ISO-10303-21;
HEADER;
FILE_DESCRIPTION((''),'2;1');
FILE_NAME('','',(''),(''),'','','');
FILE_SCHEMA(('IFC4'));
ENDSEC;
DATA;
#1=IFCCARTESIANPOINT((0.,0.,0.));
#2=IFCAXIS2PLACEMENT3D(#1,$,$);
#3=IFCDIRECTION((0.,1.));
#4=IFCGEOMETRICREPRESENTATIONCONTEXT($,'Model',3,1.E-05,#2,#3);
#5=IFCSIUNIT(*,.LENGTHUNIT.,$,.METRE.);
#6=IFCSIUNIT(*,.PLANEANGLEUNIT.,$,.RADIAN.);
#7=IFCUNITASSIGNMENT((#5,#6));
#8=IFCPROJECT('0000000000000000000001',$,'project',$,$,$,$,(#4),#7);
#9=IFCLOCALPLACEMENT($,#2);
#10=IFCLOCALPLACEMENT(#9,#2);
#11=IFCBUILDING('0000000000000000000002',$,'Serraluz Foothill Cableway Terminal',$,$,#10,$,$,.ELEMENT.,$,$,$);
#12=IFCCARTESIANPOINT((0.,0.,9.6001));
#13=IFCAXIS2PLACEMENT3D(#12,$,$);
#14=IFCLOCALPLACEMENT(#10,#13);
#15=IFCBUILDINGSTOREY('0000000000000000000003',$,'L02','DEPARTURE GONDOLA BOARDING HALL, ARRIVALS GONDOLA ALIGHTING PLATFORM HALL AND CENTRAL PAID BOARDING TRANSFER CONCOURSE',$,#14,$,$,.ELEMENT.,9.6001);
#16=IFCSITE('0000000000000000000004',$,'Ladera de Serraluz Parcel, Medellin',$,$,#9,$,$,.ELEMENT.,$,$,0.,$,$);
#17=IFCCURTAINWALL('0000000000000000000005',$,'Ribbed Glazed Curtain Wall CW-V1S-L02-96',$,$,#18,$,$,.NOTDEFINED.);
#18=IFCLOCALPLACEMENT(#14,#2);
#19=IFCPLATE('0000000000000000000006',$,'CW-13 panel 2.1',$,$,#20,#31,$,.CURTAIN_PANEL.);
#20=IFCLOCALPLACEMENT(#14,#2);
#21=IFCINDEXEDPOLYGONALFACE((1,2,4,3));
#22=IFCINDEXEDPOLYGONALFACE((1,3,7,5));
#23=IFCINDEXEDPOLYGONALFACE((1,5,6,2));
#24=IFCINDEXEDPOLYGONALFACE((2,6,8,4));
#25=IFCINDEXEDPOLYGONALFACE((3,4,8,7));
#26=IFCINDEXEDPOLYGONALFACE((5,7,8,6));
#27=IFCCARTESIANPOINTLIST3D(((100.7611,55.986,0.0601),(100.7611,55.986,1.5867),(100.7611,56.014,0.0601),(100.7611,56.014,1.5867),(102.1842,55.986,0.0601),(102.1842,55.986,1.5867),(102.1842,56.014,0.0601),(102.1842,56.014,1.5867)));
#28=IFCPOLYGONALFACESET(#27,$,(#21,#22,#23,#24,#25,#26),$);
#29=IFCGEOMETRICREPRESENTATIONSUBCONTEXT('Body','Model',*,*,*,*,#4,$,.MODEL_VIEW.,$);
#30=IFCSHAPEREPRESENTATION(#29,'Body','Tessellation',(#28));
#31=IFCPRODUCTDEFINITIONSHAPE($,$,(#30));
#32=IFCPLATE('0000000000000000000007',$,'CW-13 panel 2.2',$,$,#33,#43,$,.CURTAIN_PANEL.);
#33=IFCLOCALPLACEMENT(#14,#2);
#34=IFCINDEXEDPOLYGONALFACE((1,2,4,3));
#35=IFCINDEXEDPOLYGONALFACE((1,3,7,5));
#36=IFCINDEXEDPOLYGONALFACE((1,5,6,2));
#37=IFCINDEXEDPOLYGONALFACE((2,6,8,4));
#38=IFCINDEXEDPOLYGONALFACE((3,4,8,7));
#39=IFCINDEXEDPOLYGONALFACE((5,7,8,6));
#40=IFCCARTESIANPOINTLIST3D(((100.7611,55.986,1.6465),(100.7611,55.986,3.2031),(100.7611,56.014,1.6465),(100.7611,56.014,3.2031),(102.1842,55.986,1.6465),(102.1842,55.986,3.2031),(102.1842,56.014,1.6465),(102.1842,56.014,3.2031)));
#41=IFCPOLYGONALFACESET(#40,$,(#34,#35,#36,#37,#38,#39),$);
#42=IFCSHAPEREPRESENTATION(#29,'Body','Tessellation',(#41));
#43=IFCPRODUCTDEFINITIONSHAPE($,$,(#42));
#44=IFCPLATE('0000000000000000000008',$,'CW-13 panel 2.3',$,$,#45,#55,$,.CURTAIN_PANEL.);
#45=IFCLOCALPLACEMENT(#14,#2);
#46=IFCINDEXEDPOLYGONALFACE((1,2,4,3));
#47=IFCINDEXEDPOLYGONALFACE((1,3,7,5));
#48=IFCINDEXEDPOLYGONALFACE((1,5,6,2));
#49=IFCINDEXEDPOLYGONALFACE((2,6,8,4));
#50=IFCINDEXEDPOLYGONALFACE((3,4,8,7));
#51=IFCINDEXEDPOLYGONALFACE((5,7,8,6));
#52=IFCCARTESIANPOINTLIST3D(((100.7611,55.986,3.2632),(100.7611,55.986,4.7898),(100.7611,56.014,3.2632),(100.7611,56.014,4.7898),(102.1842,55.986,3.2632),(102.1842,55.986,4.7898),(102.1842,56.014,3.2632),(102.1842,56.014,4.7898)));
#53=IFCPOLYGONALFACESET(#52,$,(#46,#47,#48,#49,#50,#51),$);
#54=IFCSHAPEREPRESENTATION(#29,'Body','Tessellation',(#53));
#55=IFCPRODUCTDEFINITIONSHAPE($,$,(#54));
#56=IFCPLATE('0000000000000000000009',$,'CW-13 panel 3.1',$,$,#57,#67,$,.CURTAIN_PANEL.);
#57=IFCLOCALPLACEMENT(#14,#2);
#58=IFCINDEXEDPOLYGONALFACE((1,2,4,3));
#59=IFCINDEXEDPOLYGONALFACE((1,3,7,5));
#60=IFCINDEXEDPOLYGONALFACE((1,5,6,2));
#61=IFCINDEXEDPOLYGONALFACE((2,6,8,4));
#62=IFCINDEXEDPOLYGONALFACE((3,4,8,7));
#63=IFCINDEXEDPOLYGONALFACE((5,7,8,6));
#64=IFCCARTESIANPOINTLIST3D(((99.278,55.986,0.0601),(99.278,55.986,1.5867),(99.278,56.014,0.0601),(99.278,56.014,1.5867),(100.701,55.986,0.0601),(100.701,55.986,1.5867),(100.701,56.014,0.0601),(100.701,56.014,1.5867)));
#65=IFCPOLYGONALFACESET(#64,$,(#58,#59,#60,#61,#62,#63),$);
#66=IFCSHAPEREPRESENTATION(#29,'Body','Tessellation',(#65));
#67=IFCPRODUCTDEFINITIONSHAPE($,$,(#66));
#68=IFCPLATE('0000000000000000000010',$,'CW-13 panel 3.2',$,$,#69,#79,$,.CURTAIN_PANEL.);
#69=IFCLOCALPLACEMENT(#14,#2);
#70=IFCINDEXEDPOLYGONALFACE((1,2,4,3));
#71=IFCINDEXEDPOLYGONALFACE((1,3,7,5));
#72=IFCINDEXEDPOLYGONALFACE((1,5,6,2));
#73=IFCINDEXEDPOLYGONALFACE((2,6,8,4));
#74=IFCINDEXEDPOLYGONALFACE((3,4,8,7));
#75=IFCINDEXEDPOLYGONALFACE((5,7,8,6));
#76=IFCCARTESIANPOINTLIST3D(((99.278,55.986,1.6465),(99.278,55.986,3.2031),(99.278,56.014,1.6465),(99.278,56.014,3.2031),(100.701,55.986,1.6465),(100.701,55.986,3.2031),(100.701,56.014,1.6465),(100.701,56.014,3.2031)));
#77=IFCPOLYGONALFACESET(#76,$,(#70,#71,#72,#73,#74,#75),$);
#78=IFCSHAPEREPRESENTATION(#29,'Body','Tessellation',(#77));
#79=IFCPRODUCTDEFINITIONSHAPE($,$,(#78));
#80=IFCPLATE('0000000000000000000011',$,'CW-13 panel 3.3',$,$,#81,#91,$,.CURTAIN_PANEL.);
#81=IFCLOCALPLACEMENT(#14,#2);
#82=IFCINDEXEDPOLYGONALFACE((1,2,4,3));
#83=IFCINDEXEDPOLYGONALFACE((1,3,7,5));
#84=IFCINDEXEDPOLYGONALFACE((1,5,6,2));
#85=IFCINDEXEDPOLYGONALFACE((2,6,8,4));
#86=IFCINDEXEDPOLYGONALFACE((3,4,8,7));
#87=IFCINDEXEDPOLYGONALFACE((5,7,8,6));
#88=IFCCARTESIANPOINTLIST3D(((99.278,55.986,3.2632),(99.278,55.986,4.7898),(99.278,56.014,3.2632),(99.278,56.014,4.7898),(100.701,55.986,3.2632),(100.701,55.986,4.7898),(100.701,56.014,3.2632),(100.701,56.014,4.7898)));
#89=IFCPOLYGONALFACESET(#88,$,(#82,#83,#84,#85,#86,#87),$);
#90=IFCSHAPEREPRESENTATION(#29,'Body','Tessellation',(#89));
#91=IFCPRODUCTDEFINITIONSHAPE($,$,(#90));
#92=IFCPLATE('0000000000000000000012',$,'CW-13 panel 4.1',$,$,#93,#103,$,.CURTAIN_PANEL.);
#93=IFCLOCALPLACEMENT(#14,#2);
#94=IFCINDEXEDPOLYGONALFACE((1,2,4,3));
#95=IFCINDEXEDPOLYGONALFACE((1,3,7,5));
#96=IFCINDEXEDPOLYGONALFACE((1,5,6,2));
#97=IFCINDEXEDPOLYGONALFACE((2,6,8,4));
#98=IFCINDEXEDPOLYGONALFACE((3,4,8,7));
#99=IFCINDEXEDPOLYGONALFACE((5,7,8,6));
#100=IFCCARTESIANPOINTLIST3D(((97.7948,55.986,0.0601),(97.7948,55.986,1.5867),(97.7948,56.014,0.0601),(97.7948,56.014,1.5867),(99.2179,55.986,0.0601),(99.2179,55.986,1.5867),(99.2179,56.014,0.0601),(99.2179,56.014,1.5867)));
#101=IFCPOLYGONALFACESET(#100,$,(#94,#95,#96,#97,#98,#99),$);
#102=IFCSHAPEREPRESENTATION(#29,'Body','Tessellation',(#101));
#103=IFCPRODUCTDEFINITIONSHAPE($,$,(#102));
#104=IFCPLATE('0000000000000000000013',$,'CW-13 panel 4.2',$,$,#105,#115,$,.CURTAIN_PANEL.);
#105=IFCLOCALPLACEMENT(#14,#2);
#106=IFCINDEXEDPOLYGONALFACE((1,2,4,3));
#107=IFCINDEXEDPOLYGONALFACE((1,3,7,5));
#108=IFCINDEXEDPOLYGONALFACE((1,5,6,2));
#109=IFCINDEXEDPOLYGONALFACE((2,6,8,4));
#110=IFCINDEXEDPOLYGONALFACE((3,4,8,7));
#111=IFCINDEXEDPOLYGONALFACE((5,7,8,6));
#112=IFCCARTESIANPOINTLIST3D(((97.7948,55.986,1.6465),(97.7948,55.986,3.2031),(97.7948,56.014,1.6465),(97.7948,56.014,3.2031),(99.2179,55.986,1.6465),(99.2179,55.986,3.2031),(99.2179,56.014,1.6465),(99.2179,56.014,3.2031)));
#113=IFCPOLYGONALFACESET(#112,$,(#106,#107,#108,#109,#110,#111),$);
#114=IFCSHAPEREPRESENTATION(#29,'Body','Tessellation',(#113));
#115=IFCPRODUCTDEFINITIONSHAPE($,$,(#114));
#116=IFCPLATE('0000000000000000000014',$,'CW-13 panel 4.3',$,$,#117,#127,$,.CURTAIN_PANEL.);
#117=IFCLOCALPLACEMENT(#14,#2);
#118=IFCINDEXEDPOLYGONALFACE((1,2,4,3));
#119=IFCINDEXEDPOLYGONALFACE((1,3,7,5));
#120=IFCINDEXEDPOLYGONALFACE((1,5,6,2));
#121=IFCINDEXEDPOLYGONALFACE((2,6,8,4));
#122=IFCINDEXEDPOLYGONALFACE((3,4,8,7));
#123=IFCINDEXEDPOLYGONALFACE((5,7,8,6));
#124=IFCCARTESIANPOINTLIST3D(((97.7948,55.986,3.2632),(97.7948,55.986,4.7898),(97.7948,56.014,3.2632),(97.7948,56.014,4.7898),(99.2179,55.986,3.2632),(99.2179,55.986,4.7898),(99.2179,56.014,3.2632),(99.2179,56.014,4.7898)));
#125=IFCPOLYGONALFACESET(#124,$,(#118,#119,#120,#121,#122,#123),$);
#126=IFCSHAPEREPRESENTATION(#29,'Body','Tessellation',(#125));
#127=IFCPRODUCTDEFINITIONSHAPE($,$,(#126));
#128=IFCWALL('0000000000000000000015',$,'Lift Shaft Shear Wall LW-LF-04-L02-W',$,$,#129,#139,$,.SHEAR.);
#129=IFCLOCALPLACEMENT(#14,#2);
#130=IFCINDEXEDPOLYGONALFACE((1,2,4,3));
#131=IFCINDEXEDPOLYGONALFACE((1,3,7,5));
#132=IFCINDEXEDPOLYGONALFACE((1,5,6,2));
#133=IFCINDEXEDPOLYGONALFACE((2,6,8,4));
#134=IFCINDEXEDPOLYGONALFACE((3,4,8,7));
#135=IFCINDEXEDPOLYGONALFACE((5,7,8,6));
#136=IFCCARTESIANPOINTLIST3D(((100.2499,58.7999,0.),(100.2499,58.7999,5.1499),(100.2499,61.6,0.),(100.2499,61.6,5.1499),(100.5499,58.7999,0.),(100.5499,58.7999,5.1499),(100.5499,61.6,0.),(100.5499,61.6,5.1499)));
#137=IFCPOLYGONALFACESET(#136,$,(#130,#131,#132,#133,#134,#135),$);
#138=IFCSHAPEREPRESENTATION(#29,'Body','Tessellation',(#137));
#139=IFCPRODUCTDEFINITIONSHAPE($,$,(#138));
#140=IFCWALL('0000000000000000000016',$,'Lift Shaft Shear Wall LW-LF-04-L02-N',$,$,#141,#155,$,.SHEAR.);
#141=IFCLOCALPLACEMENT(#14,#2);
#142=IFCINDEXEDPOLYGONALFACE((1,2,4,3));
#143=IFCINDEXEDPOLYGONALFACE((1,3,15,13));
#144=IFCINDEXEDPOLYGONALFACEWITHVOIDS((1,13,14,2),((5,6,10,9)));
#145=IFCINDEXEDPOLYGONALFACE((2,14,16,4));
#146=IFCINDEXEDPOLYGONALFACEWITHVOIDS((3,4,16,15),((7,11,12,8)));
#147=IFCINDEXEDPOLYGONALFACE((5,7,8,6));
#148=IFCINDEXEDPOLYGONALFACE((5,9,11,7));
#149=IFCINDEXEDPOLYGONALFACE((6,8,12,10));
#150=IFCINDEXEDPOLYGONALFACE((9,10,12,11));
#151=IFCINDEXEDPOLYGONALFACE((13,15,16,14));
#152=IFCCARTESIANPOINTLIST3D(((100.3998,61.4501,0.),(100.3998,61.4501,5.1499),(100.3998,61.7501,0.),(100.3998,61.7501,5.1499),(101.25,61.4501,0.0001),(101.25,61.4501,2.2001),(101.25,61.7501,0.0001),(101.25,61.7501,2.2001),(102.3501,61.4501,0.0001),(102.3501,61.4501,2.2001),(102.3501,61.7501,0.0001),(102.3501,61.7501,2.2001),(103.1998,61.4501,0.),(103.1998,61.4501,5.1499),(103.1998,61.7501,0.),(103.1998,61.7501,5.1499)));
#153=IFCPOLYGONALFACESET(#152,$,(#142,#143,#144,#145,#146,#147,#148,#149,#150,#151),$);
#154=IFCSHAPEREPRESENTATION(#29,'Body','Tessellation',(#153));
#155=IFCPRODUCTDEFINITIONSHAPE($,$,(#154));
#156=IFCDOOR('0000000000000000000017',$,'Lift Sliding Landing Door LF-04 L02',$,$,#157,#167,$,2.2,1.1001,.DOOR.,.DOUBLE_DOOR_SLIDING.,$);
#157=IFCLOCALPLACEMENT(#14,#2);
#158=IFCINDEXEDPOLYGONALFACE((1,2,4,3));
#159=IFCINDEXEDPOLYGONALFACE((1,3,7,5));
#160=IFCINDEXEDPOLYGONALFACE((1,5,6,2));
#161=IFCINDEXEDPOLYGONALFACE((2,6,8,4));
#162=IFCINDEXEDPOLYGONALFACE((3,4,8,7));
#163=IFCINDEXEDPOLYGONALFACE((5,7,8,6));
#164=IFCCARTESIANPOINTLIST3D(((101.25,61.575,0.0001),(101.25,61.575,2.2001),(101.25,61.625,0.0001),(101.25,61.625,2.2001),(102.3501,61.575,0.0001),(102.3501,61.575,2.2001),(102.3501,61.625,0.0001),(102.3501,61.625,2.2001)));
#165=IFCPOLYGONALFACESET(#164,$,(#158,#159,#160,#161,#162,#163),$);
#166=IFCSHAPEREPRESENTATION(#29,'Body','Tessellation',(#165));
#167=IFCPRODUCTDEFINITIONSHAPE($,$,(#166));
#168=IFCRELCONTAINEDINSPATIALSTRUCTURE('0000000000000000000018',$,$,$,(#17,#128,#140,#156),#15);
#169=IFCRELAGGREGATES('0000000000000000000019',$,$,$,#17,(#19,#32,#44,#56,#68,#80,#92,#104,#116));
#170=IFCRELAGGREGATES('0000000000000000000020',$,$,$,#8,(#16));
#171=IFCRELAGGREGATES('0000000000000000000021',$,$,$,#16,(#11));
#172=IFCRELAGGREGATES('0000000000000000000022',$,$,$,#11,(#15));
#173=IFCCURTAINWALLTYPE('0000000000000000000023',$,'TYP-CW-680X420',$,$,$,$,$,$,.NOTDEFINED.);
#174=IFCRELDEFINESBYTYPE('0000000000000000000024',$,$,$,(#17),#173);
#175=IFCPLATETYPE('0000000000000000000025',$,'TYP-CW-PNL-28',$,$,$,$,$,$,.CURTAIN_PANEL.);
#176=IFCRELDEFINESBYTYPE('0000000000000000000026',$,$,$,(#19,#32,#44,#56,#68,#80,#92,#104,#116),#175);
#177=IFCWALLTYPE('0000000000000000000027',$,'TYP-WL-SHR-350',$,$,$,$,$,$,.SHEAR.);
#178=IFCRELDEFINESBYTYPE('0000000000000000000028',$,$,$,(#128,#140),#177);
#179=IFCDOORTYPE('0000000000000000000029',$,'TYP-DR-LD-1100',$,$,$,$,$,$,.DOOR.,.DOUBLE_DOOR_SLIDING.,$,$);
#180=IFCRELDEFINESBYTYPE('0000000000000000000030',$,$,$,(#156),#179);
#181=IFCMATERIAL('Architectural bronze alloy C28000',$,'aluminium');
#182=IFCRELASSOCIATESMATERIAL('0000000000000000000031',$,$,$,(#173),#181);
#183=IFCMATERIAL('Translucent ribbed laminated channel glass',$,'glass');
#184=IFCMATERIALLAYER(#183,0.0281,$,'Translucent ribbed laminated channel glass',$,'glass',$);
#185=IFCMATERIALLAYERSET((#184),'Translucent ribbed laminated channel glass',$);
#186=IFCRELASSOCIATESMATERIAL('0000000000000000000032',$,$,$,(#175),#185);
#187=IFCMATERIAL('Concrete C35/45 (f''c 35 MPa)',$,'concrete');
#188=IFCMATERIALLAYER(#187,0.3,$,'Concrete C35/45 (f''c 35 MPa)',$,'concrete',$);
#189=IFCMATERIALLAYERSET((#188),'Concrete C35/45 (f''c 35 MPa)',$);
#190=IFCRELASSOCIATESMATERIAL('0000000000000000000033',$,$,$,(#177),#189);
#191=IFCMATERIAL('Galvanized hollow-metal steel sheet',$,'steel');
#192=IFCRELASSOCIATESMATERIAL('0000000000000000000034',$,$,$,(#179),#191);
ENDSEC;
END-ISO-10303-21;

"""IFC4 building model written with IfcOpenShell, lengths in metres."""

from ifc_helpers import new_model, si_unit, direction, frame, frame_2d, origin, origin_2d, place, context, subcontext, project, spatial, rectangle, extrude, material, layer, layer_set, type_object, element, fill, aggregate, save


model = new_model("IFC4")

# Units and contexts
model_context = context("Model", 3, precision=1e-05, world=origin(), true_north=direction((0.0, 1.0)))
body_context = subcontext(model_context, "Body", "Model", "MODEL_VIEW")
ifc_project = project(units=[si_unit("LENGTHUNIT", "METRE"), si_unit("PLANEANGLEUNIT", "RADIAN")], contexts=[model_context])

# Site, building, storey
site_placement = place(None, origin())
site = spatial("IfcSite", under=ifc_project, at=site_placement, Name="Ladera de Serraluz Parcel, Medellin", CompositionType="ELEMENT", RefElevation=0.0)
building_placement = place(site_placement, origin())
building = spatial("IfcBuilding", under=site, at=building_placement, Name="Serraluz Foothill Cableway Terminal", CompositionType="ELEMENT")
storey_placement = place(building_placement, frame((0.0, 0.0, 9.6001)))
storey = spatial("IfcBuildingStorey", under=building, at=storey_placement, Name="L02", Description="DEPARTURE GONDOLA BOARDING HALL, ARRIVALS GONDOLA ALIGHTING PLATFORM HALL AND CENTRAL PAID BOARDING TRANSFER CONCOURSE", CompositionType="ELEMENT", Elevation=9.6001)

# Curtain wall, plates
ifc_material_1 = material(Name="Architectural bronze alloy C28000", Category="aluminium")
curtain_wall_type = type_object("IfcCurtainWallType", Name="TYP-CW-680X420", PredefinedType="NOTDEFINED", material=ifc_material_1)
curtain_wall_placement = place(storey_placement, origin())
curtain_wall = element("IfcCurtainWall", 1, at=curtain_wall_placement, inside=storey, type_object=curtain_wall_type, Name="Ribbed Glazed Curtain Wall CW-V1S-L02-96", PredefinedType="NOTDEFINED")
ifc_material_2 = material(Name="Translucent ribbed laminated channel glass", Category="glass")
ifc_layer_1 = layer(ifc_material_2, 0.0281, Name="Translucent ribbed laminated channel glass", Category="glass")
ifc_layer_set_1 = layer_set([ifc_layer_1], Name="Translucent ribbed laminated channel glass")
plate_type = type_object("IfcPlateType", Name="TYP-CW-PNL-28", PredefinedType="CURTAIN_PANEL", material=ifc_layer_set_1)
plate_1_placement = place(storey_placement, frame((101.4727, 56.0, 0.0601), z_axis=(0.0, 0.0, 1.0), x_axis=(-1.0, 0.0, 0.0)))
plate_1 = element("IfcPlate", 2, at=plate_1_placement, type_object=plate_type, Name="CW-13 panel 2.1", PredefinedType="CURTAIN_PANEL", context=body_context, shape_type="SweptSolid", body=[
    extrude(rectangle(XDim=1.4231, YDim=0.0281, at=origin_2d()), origin(), (0.0, 0.0, 1.0), 1.5266),
])
plate_2_placement = place(storey_placement, frame((101.4727, 56.0, 1.6465), z_axis=(0.0, 0.0, 1.0), x_axis=(-1.0, 0.0, 0.0)))
plate_2 = element("IfcPlate", 3, at=plate_2_placement, type_object=plate_type, Name="CW-13 panel 2.2", PredefinedType="CURTAIN_PANEL", context=body_context, shape_type="SweptSolid", body=[
    extrude(rectangle(XDim=1.4231, YDim=0.0281, at=origin_2d()), origin(), (0.0, 0.0, 1.0), 1.5566),
])
plate_3_placement = place(storey_placement, frame((101.4727, 56.0, 3.2632), z_axis=(0.0, 0.0, 1.0), x_axis=(-1.0, 0.0, 0.0)))
plate_3 = element("IfcPlate", 4, at=plate_3_placement, type_object=plate_type, Name="CW-13 panel 2.3", PredefinedType="CURTAIN_PANEL", context=body_context, shape_type="SweptSolid", body=[
    extrude(rectangle(XDim=1.4231, YDim=0.0281, at=origin_2d()), origin(), (0.0, 0.0, 1.0), 1.5266),
])
plate_4_placement = place(storey_placement, frame((99.9895, 56.0, 0.0601), z_axis=(0.0, 0.0, 1.0), x_axis=(-1.0, 0.0, 0.0)))
plate_4 = element("IfcPlate", 5, at=plate_4_placement, type_object=plate_type, Name="CW-13 panel 3.1", PredefinedType="CURTAIN_PANEL", context=body_context, shape_type="SweptSolid", body=[
    extrude(rectangle(XDim=1.4231, YDim=0.0281, at=origin_2d()), origin(), (0.0, 0.0, 1.0), 1.5266),
])
plate_5_placement = place(storey_placement, frame((99.9895, 56.0, 1.6465), z_axis=(0.0, 0.0, 1.0), x_axis=(-1.0, 0.0, 0.0)))
plate_5 = element("IfcPlate", 6, at=plate_5_placement, type_object=plate_type, Name="CW-13 panel 3.2", PredefinedType="CURTAIN_PANEL", context=body_context, shape_type="SweptSolid", body=[
    extrude(rectangle(XDim=1.4231, YDim=0.0281, at=origin_2d()), origin(), (0.0, 0.0, 1.0), 1.5566),
])
plate_6_placement = place(storey_placement, frame((99.9895, 56.0, 3.2632), z_axis=(0.0, 0.0, 1.0), x_axis=(-1.0, 0.0, 0.0)))
plate_6 = element("IfcPlate", 7, at=plate_6_placement, type_object=plate_type, Name="CW-13 panel 3.3", PredefinedType="CURTAIN_PANEL", context=body_context, shape_type="SweptSolid", body=[
    extrude(rectangle(XDim=1.4231, YDim=0.0281, at=origin_2d()), origin(), (0.0, 0.0, 1.0), 1.5266),
])
plate_7_placement = place(storey_placement, frame((98.5063, 56.0, 0.0601), z_axis=(0.0, 0.0, 1.0), x_axis=(-1.0, 0.0, 0.0)))
plate_7 = element("IfcPlate", 8, at=plate_7_placement, type_object=plate_type, Name="CW-13 panel 4.1", PredefinedType="CURTAIN_PANEL", context=body_context, shape_type="SweptSolid", body=[
    extrude(rectangle(XDim=1.4231, YDim=0.0281, at=origin_2d()), origin(), (0.0, 0.0, 1.0), 1.5266),
])
plate_8_placement = place(storey_placement, frame((98.5063, 56.0, 1.6465), z_axis=(0.0, 0.0, 1.0), x_axis=(-1.0, 0.0, 0.0)))
plate_8 = element("IfcPlate", 9, at=plate_8_placement, type_object=plate_type, Name="CW-13 panel 4.2", PredefinedType="CURTAIN_PANEL", context=body_context, shape_type="SweptSolid", body=[
    extrude(rectangle(XDim=1.4231, YDim=0.0281, at=origin_2d()), origin(), (0.0, 0.0, 1.0), 1.5566),
])
plate_9_placement = place(storey_placement, frame((98.5063, 56.0, 3.2632), z_axis=(0.0, 0.0, 1.0), x_axis=(-1.0, 0.0, 0.0)))
plate_9 = element("IfcPlate", 10, at=plate_9_placement, type_object=plate_type, Name="CW-13 panel 4.3", PredefinedType="CURTAIN_PANEL", context=body_context, shape_type="SweptSolid", body=[
    extrude(rectangle(XDim=1.4231, YDim=0.0281, at=origin_2d()), origin(), (0.0, 0.0, 1.0), 1.5266),
])
aggregate(curtain_wall, [plate_1, plate_2, plate_3, plate_4, plate_5, plate_6, plate_7, plate_8, plate_9])

# Wall
ifc_material_3 = material(Name="Concrete C35/45 (f'c 35 MPa)", Category="concrete")
ifc_layer_2 = layer(ifc_material_3, 0.3, Name="Concrete C35/45 (f'c 35 MPa)", Category="concrete")
ifc_layer_set_2 = layer_set([ifc_layer_2], Name="Concrete C35/45 (f'c 35 MPa)")
wall_type = type_object("IfcWallType", Name="TYP-WL-SHR-350", PredefinedType="SHEAR", material=ifc_layer_set_2)
wall_1_placement = place(storey_placement, frame((100.3999, 58.8, 0.0), z_axis=(0.0, 0.0, 1.0), x_axis=(0.0, 1.0, 0.0)))
element("IfcWall", 11, at=wall_1_placement, inside=storey, type_object=wall_type, Name="Lift Shaft Shear Wall LW-LF-04-L02-W", PredefinedType="SHEAR", context=body_context, shape_type="SweptSolid", body=[
    extrude(rectangle(XDim=2.8, YDim=0.3, at=frame_2d((1.3999, 0.0))), origin(), (0.0, 0.0, 1.0), 5.1499),
])

# Wall, opening, door
wall_2_placement = place(storey_placement, frame((100.3999, 61.6001, 0.0), z_axis=(0.0, 0.0, 1.0), x_axis=(1.0, 0.0, 0.0)))
wall_2 = element("IfcWall", 12, at=wall_2_placement, inside=storey, type_object=wall_type, Name="Lift Shaft Shear Wall LW-LF-04-L02-N", PredefinedType="SHEAR", context=body_context, shape_type="SweptSolid", body=[
    extrude(rectangle(XDim=2.8, YDim=0.3, at=frame_2d((1.3999, 0.0))), origin(), (0.0, 0.0, 1.0), 5.1499),
])
opening_placement = place(wall_2_placement, frame((0.8501, 0.0, 0.0)))
opening = element("IfcOpeningElement", 13, at=opening_placement, cuts=wall_2, PredefinedType="OPENING", context=body_context, shape_type="SweptSolid", body=[
    extrude(rectangle(XDim=1.1001, YDim=2.2, at=frame_2d((0.55, 1.1001))), frame((0.0, 0.1602, 0.0), z_axis=(0.0, -1.0, 0.0), x_axis=(1.0, 0.0, 0.0)), (0.0, 0.0, 1.0), 0.3201),
])
ifc_material_4 = material(Name="Galvanized hollow-metal steel sheet", Category="steel")
door_type = type_object("IfcDoorType", Name="TYP-DR-LD-1100", OperationType="DOUBLE_DOOR_SLIDING", PredefinedType="DOOR", material=ifc_material_4)
door_placement = place(opening_placement, origin())
door = element("IfcDoor", 14, at=door_placement, inside=storey, type_object=door_type, Name="Lift Sliding Landing Door LF-04 L02", OperationType="DOUBLE_DOOR_SLIDING", OverallHeight=2.2, OverallWidth=1.1001, PredefinedType="DOOR", context=body_context, shape_type="SweptSolid", body=[
    extrude(rectangle(XDim=1.1001, YDim=2.2, at=frame_2d((0.55, 1.1001))), frame((0.0, 0.0249, 0.0), z_axis=(0.0, -1.0, 0.0), x_axis=(1.0, 0.0, 0.0)), (0.0, 0.0, 1.0), 0.05),
])
fill(opening, door)

save(model, "model.ifc")
